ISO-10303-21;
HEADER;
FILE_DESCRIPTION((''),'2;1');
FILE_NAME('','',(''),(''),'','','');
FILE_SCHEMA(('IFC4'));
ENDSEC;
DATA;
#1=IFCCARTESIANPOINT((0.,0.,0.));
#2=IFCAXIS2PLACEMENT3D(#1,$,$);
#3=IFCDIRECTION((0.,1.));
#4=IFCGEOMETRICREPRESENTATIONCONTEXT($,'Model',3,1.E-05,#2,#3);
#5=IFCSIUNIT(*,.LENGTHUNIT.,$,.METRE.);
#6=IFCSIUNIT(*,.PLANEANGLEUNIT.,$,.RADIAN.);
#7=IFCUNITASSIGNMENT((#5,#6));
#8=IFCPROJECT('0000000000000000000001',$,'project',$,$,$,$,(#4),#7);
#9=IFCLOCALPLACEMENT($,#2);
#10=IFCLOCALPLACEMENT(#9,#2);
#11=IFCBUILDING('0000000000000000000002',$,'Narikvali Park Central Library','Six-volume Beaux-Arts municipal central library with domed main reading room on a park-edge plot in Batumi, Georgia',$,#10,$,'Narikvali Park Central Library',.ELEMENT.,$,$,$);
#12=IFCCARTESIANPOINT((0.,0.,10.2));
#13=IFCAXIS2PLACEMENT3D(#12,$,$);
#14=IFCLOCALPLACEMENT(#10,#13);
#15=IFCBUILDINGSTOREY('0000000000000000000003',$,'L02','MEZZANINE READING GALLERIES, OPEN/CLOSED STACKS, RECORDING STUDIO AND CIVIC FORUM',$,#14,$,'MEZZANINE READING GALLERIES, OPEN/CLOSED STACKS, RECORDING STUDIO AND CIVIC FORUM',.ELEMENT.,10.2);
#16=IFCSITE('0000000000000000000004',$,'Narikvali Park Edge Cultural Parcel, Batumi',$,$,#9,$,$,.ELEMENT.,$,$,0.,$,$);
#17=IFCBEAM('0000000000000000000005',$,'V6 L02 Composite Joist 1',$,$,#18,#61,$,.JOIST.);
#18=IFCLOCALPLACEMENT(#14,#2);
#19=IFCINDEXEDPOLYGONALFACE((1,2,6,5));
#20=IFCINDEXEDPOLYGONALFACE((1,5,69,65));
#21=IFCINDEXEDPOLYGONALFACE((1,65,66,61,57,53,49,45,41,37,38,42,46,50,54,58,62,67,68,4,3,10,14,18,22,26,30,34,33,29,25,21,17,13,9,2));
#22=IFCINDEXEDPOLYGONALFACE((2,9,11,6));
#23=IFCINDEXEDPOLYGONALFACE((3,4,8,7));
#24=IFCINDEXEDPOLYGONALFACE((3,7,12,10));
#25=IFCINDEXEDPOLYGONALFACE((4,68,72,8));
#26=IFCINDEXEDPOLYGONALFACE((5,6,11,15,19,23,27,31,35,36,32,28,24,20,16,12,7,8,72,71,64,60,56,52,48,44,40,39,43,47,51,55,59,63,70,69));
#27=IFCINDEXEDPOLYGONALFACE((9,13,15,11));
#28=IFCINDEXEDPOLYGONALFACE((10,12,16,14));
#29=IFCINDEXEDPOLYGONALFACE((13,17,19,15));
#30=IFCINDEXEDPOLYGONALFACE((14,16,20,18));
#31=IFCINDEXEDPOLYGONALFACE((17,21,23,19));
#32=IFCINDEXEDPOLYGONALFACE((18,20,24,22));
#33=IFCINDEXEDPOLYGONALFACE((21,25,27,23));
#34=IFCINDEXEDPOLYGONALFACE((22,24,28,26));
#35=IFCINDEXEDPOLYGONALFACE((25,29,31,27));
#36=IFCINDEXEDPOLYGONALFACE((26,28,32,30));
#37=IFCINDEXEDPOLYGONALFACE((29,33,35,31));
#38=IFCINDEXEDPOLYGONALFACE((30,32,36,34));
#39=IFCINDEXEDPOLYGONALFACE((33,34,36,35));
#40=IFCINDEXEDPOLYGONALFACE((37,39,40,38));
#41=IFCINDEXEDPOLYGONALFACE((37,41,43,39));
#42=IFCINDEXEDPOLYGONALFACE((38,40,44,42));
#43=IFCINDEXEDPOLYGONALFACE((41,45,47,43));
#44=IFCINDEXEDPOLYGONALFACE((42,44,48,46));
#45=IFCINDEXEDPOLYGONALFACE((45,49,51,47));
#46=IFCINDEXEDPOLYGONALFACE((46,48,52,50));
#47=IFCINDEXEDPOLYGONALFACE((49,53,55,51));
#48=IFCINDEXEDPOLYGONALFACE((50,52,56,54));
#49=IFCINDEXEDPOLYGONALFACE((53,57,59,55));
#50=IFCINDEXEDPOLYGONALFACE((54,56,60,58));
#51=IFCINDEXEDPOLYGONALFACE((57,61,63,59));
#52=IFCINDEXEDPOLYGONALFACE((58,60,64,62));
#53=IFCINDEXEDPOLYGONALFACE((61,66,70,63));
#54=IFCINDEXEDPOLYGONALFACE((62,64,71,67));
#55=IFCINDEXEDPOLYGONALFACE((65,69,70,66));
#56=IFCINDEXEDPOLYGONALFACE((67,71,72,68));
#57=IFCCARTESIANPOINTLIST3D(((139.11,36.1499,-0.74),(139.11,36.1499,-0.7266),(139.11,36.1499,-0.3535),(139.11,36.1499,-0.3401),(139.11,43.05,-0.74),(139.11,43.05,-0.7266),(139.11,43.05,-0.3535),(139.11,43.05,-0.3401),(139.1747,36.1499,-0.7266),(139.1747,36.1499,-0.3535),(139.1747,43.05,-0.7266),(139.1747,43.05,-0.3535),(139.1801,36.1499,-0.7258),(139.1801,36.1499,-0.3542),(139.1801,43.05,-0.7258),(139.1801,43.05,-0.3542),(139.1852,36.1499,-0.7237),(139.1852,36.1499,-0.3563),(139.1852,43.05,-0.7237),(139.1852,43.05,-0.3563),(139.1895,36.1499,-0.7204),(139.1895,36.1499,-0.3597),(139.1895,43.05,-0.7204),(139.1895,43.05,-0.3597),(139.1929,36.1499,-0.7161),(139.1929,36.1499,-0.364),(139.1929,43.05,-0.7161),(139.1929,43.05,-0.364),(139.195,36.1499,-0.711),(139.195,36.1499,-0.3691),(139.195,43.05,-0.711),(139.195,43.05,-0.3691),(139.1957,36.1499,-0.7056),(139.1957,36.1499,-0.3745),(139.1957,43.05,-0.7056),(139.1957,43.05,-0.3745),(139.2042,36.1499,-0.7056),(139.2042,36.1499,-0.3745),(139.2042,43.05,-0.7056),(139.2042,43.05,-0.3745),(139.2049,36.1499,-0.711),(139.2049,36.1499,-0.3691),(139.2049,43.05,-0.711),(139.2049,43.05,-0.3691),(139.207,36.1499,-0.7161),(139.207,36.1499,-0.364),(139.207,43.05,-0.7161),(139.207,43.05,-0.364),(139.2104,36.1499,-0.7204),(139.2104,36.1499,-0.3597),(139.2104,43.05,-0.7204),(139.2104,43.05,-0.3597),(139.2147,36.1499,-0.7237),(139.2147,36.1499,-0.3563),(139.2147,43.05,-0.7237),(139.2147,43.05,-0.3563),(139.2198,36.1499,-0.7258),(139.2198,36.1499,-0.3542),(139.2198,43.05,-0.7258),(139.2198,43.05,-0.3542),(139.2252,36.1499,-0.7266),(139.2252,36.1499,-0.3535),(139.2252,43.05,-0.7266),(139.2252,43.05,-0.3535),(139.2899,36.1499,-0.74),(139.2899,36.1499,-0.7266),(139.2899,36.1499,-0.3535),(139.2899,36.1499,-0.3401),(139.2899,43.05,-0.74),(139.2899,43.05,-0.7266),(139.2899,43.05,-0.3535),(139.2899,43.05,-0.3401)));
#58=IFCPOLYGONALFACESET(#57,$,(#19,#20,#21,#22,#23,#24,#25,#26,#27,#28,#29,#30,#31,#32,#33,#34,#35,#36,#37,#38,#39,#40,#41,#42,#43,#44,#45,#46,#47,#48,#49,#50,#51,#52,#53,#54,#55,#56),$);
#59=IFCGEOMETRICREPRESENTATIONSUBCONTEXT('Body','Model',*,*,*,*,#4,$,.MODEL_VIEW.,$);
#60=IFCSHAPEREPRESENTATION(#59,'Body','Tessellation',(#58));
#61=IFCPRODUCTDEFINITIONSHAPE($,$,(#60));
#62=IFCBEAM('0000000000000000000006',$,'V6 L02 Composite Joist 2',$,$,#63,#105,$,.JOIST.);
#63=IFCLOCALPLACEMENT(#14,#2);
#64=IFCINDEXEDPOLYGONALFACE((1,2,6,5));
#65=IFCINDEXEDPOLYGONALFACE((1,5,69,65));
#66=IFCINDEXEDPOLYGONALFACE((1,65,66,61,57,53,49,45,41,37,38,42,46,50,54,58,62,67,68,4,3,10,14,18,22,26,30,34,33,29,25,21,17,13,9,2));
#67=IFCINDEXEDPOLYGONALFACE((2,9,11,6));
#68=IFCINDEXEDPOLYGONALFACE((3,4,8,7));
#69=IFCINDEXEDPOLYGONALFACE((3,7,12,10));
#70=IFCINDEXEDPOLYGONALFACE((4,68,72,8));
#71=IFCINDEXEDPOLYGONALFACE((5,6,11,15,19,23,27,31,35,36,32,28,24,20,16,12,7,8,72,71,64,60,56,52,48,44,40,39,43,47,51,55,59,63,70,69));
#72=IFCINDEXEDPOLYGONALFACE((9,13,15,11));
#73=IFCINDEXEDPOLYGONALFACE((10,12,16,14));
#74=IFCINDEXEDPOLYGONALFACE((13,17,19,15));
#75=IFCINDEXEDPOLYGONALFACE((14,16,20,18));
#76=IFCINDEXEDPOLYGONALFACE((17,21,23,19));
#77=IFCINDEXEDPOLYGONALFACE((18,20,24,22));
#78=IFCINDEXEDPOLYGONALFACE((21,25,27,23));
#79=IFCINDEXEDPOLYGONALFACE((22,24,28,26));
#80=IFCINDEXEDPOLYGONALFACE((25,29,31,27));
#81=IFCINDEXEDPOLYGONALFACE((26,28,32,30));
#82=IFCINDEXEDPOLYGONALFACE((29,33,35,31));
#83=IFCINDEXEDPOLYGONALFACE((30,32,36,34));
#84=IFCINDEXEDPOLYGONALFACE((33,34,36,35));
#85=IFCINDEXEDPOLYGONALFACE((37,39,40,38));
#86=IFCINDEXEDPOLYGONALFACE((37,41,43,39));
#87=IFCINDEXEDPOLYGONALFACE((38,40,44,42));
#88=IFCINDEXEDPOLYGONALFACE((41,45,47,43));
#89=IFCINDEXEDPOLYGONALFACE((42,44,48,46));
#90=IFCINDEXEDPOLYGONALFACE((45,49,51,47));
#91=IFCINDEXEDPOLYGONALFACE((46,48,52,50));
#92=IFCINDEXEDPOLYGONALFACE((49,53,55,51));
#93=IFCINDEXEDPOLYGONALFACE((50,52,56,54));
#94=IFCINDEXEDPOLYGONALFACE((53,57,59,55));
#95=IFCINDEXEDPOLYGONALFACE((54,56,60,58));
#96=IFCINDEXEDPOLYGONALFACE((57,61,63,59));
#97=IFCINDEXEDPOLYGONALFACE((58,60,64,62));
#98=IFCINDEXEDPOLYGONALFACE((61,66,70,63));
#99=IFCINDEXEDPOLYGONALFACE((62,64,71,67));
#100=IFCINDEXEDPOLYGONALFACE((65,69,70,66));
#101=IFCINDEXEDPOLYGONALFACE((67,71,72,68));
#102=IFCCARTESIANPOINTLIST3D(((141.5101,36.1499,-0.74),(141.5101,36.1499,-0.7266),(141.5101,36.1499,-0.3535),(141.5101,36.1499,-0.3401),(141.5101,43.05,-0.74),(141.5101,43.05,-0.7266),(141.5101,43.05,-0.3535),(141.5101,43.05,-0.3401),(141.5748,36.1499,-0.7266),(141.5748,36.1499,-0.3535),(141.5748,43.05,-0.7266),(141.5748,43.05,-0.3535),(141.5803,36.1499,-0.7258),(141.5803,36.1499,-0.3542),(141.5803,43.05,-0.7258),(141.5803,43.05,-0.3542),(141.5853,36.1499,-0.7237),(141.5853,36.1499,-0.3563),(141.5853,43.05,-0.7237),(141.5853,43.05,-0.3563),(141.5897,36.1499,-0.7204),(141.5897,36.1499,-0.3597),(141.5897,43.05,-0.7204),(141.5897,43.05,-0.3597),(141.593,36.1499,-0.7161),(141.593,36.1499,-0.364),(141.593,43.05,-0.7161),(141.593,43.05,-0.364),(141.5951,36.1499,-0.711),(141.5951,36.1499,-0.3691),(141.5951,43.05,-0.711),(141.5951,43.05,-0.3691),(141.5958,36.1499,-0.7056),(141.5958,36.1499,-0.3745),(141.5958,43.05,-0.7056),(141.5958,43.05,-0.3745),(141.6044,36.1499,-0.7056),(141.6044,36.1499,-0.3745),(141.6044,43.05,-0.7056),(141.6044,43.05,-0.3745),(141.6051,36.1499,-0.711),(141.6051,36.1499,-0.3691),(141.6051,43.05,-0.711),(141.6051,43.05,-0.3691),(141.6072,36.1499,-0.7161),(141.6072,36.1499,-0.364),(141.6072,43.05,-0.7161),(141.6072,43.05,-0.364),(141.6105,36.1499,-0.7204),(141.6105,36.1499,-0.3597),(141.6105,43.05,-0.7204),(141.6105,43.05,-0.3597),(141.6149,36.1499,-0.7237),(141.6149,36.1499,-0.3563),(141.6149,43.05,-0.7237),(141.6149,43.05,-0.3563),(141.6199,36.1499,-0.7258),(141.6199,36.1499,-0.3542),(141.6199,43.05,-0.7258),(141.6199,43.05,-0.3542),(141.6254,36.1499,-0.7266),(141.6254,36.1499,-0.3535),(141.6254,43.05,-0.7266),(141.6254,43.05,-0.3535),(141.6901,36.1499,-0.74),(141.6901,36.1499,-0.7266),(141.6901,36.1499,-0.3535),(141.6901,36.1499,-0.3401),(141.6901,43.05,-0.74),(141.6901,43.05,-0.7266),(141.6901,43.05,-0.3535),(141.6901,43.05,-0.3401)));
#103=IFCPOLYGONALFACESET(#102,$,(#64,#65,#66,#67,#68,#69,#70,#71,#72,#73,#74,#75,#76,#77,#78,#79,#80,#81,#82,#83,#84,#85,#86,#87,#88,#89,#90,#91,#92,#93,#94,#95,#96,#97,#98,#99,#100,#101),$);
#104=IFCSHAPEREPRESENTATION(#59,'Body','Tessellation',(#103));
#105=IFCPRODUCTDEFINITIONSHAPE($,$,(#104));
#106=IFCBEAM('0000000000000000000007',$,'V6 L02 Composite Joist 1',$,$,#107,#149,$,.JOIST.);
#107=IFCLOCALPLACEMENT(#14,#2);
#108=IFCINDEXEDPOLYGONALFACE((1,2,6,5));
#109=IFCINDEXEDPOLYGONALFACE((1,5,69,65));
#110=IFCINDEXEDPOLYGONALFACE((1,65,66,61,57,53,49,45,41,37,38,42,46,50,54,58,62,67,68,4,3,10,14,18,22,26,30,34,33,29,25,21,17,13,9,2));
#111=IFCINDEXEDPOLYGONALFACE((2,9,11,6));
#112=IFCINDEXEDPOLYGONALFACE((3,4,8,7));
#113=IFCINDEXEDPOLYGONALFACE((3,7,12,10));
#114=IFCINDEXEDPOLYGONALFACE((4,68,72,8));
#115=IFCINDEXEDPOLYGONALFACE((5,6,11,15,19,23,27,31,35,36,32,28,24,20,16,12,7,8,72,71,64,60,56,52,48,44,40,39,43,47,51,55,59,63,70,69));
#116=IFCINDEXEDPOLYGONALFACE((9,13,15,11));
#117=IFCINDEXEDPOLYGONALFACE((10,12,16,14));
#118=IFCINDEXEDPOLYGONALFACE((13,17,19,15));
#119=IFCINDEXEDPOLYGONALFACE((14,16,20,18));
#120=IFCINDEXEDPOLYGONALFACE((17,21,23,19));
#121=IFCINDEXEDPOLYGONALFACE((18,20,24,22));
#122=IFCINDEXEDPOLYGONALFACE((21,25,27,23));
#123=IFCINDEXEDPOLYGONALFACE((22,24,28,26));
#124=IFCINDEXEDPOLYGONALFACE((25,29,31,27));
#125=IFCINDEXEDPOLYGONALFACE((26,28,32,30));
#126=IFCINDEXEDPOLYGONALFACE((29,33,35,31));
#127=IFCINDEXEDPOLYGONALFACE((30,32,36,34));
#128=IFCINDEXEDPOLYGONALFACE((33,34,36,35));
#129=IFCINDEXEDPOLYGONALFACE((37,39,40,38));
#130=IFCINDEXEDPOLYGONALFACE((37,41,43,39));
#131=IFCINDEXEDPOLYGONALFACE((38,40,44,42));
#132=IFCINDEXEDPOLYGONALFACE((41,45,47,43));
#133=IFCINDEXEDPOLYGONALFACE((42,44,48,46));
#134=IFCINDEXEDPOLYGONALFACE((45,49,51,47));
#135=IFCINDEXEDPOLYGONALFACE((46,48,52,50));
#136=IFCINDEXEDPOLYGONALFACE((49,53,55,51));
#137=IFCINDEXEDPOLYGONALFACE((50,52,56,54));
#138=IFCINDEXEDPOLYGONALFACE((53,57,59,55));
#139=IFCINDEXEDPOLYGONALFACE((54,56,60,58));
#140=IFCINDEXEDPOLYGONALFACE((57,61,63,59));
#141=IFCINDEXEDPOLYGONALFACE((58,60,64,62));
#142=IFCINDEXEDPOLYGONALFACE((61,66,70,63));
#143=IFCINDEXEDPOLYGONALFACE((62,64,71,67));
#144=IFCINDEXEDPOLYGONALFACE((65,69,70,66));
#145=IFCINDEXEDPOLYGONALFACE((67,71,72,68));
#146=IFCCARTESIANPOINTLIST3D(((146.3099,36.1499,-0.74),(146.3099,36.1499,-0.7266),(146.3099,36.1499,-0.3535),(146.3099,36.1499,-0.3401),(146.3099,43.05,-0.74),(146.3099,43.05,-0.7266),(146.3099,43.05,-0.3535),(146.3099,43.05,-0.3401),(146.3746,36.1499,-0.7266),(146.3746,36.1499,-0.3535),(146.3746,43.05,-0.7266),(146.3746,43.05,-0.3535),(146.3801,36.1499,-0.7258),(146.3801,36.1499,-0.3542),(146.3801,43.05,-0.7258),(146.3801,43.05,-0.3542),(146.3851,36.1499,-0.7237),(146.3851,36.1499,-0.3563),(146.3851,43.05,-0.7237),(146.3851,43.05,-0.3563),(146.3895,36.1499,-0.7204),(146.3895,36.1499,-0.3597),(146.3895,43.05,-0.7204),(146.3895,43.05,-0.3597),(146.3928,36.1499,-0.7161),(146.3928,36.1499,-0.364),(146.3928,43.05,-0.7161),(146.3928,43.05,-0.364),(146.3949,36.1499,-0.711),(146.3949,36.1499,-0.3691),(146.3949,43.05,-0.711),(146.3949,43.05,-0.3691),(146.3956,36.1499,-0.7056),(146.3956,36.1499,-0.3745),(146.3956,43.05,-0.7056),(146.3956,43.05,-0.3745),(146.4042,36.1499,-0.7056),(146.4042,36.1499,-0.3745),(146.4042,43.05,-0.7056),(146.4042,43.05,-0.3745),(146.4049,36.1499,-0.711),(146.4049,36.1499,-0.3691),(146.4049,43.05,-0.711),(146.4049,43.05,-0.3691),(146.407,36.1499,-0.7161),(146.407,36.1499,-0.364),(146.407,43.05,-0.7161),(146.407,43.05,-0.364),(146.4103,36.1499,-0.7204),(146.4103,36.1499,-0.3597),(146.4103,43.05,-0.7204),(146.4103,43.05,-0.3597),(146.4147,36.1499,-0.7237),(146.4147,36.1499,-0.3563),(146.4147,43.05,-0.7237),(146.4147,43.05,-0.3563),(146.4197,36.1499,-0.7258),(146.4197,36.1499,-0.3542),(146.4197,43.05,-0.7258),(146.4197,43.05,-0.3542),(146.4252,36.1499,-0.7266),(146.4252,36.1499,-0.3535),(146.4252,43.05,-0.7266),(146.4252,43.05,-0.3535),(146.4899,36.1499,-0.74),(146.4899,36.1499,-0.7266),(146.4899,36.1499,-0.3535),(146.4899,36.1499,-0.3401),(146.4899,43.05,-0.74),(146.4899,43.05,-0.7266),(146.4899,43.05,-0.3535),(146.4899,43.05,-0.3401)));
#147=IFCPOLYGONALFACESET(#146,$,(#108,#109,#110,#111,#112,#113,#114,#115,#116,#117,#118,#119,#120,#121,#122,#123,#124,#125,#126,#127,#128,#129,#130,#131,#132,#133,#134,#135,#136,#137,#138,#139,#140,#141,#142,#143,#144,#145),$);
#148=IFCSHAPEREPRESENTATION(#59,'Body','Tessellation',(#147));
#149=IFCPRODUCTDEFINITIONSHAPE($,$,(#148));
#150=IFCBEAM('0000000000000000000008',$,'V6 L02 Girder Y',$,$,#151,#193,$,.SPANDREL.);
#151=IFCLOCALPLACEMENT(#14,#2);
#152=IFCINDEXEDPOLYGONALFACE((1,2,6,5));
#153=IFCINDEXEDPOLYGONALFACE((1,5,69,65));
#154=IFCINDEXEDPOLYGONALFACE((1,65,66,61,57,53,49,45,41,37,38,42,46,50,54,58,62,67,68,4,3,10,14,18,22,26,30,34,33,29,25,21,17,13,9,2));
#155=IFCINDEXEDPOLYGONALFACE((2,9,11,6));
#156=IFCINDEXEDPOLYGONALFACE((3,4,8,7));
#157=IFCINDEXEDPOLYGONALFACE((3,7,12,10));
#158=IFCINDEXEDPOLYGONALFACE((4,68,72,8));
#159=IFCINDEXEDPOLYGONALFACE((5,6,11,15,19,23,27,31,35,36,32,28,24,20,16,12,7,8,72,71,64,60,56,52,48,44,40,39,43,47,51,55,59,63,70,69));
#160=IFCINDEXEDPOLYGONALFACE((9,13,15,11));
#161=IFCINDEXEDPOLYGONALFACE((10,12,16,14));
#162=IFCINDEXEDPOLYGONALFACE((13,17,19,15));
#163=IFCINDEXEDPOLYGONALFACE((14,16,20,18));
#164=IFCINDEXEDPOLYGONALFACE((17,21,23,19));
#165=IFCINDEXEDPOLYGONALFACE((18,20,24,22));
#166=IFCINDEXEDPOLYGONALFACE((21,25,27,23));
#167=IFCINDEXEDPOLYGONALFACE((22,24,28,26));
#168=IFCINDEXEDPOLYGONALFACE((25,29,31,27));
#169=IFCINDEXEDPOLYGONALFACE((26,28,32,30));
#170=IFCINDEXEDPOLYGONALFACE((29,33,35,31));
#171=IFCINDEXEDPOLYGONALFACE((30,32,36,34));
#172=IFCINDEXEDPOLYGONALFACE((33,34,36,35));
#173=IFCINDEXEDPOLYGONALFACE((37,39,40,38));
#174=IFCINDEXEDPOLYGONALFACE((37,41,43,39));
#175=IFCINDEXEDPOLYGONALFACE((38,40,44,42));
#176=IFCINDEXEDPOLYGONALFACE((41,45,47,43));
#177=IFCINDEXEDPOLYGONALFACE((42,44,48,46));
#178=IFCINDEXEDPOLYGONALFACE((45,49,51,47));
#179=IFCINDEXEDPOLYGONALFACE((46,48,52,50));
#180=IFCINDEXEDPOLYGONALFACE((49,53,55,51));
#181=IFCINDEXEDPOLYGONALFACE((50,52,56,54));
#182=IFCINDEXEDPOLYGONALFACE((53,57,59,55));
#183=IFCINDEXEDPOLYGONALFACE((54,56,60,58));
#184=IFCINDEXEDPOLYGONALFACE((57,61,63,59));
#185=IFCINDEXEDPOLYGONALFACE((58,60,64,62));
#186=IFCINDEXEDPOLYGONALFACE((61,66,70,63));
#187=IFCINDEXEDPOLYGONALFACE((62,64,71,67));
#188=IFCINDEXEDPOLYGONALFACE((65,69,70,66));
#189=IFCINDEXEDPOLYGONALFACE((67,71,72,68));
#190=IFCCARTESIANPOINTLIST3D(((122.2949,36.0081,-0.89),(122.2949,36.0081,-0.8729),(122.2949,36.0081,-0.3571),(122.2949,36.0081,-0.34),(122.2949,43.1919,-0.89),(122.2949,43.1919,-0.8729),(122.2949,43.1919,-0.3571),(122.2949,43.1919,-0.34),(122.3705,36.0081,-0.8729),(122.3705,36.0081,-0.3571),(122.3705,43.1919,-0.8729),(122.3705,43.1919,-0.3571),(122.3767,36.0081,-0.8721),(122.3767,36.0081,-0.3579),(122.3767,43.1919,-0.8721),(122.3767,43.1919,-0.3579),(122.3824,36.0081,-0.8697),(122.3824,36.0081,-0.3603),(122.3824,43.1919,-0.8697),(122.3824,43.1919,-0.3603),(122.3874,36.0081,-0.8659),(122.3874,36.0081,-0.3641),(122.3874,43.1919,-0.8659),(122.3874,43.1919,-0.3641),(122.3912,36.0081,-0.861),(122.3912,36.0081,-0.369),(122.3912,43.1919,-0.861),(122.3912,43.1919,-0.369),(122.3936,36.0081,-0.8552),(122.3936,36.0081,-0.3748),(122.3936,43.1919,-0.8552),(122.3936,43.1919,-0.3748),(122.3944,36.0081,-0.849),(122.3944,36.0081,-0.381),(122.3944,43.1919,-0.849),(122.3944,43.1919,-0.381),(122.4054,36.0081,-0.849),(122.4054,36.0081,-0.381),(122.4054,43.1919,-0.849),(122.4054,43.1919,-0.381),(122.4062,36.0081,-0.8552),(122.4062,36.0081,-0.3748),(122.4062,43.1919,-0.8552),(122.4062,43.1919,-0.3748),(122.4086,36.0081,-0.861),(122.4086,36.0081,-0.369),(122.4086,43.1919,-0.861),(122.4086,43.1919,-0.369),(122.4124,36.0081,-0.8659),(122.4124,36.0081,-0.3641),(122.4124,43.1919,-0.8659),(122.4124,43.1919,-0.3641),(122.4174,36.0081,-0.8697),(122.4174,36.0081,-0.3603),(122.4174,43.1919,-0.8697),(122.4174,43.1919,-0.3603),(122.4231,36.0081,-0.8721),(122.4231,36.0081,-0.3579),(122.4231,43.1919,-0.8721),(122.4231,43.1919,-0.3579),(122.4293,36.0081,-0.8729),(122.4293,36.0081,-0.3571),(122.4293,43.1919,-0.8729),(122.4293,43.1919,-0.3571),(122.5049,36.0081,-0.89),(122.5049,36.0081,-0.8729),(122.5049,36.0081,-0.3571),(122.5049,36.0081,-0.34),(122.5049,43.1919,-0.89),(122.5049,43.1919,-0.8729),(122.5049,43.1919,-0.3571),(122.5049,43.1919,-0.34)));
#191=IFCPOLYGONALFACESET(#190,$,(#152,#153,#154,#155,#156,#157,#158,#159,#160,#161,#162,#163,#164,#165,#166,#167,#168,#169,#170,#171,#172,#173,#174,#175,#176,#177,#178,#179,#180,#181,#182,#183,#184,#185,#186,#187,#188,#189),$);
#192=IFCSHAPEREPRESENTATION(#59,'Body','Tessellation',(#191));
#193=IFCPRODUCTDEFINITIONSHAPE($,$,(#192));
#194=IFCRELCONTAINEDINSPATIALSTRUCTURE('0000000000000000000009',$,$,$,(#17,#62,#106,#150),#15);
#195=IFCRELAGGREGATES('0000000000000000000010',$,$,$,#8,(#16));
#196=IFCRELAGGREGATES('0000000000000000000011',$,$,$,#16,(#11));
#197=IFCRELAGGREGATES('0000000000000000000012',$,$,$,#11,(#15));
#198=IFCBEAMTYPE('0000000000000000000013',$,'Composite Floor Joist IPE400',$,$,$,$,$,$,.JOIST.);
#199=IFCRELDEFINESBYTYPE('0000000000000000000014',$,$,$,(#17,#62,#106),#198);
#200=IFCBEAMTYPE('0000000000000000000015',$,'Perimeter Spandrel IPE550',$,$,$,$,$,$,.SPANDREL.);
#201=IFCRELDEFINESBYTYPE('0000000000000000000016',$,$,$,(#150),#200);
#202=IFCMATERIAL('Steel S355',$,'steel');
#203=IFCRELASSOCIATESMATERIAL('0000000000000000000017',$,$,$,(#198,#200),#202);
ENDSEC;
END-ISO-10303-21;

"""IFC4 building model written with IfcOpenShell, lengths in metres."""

from ifc_helpers import new_model, si_unit, direction, frame, origin, origin_2d, place, context, subcontext, project, spatial, i_section, extrude, material, material_profile, profile_set, type_object, element, save


model = new_model("IFC4")

# Units and contexts
model_context = context("Model", 3, precision=1e-05, world=origin(), true_north=direction((0.0, 1.0)))
body_context = subcontext(model_context, "Body", "Model", "MODEL_VIEW")
ifc_project = project(units=[si_unit("LENGTHUNIT", "METRE"), si_unit("PLANEANGLEUNIT", "RADIAN")], contexts=[model_context])

# Site, building, storey
site_placement = place(None, origin())
site = spatial("IfcSite", under=ifc_project, at=site_placement, Name="Narikvali Park Edge Cultural Parcel, Batumi", CompositionType="ELEMENT", RefElevation=0.0)
building_placement = place(site_placement, origin())
building = spatial("IfcBuilding", under=site, at=building_placement, Name="Narikvali Park Central Library", Description="Six-volume Beaux-Arts municipal central library with domed main reading room on a park-edge plot in Batumi, Georgia", LongName="Narikvali Park Central Library", CompositionType="ELEMENT")
storey_placement = place(building_placement, frame((0.0, 0.0, 10.2)))
storey = spatial("IfcBuildingStorey", under=building, at=storey_placement, Name="L02", Description="MEZZANINE READING GALLERIES, OPEN/CLOSED STACKS, RECORDING STUDIO AND CIVIC FORUM", LongName="MEZZANINE READING GALLERIES, OPEN/CLOSED STACKS, RECORDING STUDIO AND CIVIC FORUM", CompositionType="ELEMENT", Elevation=10.2)

# Beams
ifc_material_1 = material(Name="Steel S355", Category="steel")
ifc_material_profile_1 = material_profile(ifc_material_1, i_section(OverallWidth=0.1799, OverallDepth=0.3999, WebThickness=0.0085, FlangeThickness=0.0134, FilletRadius=0.021, at=origin_2d()), Name="IPE 400")
ifc_profile_set_1 = profile_set([ifc_material_profile_1], Name="Steel S355")
beam_type_1 = type_object("IfcBeamType", Name="Composite Floor Joist IPE400", PredefinedType="JOIST", material=ifc_profile_set_1)
for number, where, z_axis, x_axis, name in (
    (1, (139.2, 36.1499, -0.54), (0.0, 1.0, 0.0), (-1.0, 0.0, 0.0), "V6 L02 Composite Joist 1"),
    (2, (141.6001, 36.1499, -0.54), (0.0, 1.0, 0.0), (-1.0, 0.0, 0.0), "V6 L02 Composite Joist 2"),
    (3, (146.3999, 36.1499, -0.54), (0.0, 1.0, 0.0), (-1.0, 0.0, 0.0), "V6 L02 Composite Joist 1"),
):
    element("IfcBeam", number, at=place(storey_placement, frame(where, z_axis=z_axis, x_axis=x_axis)), inside=storey, type_object=beam_type_1, Name=name, PredefinedType="JOIST", context=body_context, shape_type="SweptSolid", body=[
        extrude(i_section(OverallWidth=0.1799, OverallDepth=0.3999, WebThickness=0.0085, FlangeThickness=0.0134, FilletRadius=0.021, at=origin_2d()), origin(), (0.0, 0.0, 1.0), 6.9001),
    ])
ifc_material_profile_2 = material_profile(ifc_material_1, i_section(OverallWidth=0.21, OverallDepth=0.55, WebThickness=0.011, FlangeThickness=0.0171, FilletRadius=0.0239, at=origin_2d()), Name="IPE 550")
ifc_profile_set_2 = profile_set([ifc_material_profile_2], Name="Steel S355")
beam_type_2 = type_object("IfcBeamType", Name="Perimeter Spandrel IPE550", PredefinedType="SPANDREL", material=ifc_profile_set_2)
beam_placement = place(storey_placement, frame((122.3999, 36.0081, -0.615), z_axis=(0.0, 1.0, 0.0), x_axis=(-1.0, 0.0, 0.0)))
element("IfcBeam", 4, at=beam_placement, inside=storey, type_object=beam_type_2, Name="V6 L02 Girder Y", PredefinedType="SPANDREL", context=body_context, shape_type="SweptSolid", body=[
    extrude(i_section(OverallWidth=0.21, OverallDepth=0.55, WebThickness=0.011, FlangeThickness=0.0171, FilletRadius=0.0239, at=origin_2d()), origin(), (0.0, 0.0, 1.0), 7.1838),
])

save(model, "model.ifc")
